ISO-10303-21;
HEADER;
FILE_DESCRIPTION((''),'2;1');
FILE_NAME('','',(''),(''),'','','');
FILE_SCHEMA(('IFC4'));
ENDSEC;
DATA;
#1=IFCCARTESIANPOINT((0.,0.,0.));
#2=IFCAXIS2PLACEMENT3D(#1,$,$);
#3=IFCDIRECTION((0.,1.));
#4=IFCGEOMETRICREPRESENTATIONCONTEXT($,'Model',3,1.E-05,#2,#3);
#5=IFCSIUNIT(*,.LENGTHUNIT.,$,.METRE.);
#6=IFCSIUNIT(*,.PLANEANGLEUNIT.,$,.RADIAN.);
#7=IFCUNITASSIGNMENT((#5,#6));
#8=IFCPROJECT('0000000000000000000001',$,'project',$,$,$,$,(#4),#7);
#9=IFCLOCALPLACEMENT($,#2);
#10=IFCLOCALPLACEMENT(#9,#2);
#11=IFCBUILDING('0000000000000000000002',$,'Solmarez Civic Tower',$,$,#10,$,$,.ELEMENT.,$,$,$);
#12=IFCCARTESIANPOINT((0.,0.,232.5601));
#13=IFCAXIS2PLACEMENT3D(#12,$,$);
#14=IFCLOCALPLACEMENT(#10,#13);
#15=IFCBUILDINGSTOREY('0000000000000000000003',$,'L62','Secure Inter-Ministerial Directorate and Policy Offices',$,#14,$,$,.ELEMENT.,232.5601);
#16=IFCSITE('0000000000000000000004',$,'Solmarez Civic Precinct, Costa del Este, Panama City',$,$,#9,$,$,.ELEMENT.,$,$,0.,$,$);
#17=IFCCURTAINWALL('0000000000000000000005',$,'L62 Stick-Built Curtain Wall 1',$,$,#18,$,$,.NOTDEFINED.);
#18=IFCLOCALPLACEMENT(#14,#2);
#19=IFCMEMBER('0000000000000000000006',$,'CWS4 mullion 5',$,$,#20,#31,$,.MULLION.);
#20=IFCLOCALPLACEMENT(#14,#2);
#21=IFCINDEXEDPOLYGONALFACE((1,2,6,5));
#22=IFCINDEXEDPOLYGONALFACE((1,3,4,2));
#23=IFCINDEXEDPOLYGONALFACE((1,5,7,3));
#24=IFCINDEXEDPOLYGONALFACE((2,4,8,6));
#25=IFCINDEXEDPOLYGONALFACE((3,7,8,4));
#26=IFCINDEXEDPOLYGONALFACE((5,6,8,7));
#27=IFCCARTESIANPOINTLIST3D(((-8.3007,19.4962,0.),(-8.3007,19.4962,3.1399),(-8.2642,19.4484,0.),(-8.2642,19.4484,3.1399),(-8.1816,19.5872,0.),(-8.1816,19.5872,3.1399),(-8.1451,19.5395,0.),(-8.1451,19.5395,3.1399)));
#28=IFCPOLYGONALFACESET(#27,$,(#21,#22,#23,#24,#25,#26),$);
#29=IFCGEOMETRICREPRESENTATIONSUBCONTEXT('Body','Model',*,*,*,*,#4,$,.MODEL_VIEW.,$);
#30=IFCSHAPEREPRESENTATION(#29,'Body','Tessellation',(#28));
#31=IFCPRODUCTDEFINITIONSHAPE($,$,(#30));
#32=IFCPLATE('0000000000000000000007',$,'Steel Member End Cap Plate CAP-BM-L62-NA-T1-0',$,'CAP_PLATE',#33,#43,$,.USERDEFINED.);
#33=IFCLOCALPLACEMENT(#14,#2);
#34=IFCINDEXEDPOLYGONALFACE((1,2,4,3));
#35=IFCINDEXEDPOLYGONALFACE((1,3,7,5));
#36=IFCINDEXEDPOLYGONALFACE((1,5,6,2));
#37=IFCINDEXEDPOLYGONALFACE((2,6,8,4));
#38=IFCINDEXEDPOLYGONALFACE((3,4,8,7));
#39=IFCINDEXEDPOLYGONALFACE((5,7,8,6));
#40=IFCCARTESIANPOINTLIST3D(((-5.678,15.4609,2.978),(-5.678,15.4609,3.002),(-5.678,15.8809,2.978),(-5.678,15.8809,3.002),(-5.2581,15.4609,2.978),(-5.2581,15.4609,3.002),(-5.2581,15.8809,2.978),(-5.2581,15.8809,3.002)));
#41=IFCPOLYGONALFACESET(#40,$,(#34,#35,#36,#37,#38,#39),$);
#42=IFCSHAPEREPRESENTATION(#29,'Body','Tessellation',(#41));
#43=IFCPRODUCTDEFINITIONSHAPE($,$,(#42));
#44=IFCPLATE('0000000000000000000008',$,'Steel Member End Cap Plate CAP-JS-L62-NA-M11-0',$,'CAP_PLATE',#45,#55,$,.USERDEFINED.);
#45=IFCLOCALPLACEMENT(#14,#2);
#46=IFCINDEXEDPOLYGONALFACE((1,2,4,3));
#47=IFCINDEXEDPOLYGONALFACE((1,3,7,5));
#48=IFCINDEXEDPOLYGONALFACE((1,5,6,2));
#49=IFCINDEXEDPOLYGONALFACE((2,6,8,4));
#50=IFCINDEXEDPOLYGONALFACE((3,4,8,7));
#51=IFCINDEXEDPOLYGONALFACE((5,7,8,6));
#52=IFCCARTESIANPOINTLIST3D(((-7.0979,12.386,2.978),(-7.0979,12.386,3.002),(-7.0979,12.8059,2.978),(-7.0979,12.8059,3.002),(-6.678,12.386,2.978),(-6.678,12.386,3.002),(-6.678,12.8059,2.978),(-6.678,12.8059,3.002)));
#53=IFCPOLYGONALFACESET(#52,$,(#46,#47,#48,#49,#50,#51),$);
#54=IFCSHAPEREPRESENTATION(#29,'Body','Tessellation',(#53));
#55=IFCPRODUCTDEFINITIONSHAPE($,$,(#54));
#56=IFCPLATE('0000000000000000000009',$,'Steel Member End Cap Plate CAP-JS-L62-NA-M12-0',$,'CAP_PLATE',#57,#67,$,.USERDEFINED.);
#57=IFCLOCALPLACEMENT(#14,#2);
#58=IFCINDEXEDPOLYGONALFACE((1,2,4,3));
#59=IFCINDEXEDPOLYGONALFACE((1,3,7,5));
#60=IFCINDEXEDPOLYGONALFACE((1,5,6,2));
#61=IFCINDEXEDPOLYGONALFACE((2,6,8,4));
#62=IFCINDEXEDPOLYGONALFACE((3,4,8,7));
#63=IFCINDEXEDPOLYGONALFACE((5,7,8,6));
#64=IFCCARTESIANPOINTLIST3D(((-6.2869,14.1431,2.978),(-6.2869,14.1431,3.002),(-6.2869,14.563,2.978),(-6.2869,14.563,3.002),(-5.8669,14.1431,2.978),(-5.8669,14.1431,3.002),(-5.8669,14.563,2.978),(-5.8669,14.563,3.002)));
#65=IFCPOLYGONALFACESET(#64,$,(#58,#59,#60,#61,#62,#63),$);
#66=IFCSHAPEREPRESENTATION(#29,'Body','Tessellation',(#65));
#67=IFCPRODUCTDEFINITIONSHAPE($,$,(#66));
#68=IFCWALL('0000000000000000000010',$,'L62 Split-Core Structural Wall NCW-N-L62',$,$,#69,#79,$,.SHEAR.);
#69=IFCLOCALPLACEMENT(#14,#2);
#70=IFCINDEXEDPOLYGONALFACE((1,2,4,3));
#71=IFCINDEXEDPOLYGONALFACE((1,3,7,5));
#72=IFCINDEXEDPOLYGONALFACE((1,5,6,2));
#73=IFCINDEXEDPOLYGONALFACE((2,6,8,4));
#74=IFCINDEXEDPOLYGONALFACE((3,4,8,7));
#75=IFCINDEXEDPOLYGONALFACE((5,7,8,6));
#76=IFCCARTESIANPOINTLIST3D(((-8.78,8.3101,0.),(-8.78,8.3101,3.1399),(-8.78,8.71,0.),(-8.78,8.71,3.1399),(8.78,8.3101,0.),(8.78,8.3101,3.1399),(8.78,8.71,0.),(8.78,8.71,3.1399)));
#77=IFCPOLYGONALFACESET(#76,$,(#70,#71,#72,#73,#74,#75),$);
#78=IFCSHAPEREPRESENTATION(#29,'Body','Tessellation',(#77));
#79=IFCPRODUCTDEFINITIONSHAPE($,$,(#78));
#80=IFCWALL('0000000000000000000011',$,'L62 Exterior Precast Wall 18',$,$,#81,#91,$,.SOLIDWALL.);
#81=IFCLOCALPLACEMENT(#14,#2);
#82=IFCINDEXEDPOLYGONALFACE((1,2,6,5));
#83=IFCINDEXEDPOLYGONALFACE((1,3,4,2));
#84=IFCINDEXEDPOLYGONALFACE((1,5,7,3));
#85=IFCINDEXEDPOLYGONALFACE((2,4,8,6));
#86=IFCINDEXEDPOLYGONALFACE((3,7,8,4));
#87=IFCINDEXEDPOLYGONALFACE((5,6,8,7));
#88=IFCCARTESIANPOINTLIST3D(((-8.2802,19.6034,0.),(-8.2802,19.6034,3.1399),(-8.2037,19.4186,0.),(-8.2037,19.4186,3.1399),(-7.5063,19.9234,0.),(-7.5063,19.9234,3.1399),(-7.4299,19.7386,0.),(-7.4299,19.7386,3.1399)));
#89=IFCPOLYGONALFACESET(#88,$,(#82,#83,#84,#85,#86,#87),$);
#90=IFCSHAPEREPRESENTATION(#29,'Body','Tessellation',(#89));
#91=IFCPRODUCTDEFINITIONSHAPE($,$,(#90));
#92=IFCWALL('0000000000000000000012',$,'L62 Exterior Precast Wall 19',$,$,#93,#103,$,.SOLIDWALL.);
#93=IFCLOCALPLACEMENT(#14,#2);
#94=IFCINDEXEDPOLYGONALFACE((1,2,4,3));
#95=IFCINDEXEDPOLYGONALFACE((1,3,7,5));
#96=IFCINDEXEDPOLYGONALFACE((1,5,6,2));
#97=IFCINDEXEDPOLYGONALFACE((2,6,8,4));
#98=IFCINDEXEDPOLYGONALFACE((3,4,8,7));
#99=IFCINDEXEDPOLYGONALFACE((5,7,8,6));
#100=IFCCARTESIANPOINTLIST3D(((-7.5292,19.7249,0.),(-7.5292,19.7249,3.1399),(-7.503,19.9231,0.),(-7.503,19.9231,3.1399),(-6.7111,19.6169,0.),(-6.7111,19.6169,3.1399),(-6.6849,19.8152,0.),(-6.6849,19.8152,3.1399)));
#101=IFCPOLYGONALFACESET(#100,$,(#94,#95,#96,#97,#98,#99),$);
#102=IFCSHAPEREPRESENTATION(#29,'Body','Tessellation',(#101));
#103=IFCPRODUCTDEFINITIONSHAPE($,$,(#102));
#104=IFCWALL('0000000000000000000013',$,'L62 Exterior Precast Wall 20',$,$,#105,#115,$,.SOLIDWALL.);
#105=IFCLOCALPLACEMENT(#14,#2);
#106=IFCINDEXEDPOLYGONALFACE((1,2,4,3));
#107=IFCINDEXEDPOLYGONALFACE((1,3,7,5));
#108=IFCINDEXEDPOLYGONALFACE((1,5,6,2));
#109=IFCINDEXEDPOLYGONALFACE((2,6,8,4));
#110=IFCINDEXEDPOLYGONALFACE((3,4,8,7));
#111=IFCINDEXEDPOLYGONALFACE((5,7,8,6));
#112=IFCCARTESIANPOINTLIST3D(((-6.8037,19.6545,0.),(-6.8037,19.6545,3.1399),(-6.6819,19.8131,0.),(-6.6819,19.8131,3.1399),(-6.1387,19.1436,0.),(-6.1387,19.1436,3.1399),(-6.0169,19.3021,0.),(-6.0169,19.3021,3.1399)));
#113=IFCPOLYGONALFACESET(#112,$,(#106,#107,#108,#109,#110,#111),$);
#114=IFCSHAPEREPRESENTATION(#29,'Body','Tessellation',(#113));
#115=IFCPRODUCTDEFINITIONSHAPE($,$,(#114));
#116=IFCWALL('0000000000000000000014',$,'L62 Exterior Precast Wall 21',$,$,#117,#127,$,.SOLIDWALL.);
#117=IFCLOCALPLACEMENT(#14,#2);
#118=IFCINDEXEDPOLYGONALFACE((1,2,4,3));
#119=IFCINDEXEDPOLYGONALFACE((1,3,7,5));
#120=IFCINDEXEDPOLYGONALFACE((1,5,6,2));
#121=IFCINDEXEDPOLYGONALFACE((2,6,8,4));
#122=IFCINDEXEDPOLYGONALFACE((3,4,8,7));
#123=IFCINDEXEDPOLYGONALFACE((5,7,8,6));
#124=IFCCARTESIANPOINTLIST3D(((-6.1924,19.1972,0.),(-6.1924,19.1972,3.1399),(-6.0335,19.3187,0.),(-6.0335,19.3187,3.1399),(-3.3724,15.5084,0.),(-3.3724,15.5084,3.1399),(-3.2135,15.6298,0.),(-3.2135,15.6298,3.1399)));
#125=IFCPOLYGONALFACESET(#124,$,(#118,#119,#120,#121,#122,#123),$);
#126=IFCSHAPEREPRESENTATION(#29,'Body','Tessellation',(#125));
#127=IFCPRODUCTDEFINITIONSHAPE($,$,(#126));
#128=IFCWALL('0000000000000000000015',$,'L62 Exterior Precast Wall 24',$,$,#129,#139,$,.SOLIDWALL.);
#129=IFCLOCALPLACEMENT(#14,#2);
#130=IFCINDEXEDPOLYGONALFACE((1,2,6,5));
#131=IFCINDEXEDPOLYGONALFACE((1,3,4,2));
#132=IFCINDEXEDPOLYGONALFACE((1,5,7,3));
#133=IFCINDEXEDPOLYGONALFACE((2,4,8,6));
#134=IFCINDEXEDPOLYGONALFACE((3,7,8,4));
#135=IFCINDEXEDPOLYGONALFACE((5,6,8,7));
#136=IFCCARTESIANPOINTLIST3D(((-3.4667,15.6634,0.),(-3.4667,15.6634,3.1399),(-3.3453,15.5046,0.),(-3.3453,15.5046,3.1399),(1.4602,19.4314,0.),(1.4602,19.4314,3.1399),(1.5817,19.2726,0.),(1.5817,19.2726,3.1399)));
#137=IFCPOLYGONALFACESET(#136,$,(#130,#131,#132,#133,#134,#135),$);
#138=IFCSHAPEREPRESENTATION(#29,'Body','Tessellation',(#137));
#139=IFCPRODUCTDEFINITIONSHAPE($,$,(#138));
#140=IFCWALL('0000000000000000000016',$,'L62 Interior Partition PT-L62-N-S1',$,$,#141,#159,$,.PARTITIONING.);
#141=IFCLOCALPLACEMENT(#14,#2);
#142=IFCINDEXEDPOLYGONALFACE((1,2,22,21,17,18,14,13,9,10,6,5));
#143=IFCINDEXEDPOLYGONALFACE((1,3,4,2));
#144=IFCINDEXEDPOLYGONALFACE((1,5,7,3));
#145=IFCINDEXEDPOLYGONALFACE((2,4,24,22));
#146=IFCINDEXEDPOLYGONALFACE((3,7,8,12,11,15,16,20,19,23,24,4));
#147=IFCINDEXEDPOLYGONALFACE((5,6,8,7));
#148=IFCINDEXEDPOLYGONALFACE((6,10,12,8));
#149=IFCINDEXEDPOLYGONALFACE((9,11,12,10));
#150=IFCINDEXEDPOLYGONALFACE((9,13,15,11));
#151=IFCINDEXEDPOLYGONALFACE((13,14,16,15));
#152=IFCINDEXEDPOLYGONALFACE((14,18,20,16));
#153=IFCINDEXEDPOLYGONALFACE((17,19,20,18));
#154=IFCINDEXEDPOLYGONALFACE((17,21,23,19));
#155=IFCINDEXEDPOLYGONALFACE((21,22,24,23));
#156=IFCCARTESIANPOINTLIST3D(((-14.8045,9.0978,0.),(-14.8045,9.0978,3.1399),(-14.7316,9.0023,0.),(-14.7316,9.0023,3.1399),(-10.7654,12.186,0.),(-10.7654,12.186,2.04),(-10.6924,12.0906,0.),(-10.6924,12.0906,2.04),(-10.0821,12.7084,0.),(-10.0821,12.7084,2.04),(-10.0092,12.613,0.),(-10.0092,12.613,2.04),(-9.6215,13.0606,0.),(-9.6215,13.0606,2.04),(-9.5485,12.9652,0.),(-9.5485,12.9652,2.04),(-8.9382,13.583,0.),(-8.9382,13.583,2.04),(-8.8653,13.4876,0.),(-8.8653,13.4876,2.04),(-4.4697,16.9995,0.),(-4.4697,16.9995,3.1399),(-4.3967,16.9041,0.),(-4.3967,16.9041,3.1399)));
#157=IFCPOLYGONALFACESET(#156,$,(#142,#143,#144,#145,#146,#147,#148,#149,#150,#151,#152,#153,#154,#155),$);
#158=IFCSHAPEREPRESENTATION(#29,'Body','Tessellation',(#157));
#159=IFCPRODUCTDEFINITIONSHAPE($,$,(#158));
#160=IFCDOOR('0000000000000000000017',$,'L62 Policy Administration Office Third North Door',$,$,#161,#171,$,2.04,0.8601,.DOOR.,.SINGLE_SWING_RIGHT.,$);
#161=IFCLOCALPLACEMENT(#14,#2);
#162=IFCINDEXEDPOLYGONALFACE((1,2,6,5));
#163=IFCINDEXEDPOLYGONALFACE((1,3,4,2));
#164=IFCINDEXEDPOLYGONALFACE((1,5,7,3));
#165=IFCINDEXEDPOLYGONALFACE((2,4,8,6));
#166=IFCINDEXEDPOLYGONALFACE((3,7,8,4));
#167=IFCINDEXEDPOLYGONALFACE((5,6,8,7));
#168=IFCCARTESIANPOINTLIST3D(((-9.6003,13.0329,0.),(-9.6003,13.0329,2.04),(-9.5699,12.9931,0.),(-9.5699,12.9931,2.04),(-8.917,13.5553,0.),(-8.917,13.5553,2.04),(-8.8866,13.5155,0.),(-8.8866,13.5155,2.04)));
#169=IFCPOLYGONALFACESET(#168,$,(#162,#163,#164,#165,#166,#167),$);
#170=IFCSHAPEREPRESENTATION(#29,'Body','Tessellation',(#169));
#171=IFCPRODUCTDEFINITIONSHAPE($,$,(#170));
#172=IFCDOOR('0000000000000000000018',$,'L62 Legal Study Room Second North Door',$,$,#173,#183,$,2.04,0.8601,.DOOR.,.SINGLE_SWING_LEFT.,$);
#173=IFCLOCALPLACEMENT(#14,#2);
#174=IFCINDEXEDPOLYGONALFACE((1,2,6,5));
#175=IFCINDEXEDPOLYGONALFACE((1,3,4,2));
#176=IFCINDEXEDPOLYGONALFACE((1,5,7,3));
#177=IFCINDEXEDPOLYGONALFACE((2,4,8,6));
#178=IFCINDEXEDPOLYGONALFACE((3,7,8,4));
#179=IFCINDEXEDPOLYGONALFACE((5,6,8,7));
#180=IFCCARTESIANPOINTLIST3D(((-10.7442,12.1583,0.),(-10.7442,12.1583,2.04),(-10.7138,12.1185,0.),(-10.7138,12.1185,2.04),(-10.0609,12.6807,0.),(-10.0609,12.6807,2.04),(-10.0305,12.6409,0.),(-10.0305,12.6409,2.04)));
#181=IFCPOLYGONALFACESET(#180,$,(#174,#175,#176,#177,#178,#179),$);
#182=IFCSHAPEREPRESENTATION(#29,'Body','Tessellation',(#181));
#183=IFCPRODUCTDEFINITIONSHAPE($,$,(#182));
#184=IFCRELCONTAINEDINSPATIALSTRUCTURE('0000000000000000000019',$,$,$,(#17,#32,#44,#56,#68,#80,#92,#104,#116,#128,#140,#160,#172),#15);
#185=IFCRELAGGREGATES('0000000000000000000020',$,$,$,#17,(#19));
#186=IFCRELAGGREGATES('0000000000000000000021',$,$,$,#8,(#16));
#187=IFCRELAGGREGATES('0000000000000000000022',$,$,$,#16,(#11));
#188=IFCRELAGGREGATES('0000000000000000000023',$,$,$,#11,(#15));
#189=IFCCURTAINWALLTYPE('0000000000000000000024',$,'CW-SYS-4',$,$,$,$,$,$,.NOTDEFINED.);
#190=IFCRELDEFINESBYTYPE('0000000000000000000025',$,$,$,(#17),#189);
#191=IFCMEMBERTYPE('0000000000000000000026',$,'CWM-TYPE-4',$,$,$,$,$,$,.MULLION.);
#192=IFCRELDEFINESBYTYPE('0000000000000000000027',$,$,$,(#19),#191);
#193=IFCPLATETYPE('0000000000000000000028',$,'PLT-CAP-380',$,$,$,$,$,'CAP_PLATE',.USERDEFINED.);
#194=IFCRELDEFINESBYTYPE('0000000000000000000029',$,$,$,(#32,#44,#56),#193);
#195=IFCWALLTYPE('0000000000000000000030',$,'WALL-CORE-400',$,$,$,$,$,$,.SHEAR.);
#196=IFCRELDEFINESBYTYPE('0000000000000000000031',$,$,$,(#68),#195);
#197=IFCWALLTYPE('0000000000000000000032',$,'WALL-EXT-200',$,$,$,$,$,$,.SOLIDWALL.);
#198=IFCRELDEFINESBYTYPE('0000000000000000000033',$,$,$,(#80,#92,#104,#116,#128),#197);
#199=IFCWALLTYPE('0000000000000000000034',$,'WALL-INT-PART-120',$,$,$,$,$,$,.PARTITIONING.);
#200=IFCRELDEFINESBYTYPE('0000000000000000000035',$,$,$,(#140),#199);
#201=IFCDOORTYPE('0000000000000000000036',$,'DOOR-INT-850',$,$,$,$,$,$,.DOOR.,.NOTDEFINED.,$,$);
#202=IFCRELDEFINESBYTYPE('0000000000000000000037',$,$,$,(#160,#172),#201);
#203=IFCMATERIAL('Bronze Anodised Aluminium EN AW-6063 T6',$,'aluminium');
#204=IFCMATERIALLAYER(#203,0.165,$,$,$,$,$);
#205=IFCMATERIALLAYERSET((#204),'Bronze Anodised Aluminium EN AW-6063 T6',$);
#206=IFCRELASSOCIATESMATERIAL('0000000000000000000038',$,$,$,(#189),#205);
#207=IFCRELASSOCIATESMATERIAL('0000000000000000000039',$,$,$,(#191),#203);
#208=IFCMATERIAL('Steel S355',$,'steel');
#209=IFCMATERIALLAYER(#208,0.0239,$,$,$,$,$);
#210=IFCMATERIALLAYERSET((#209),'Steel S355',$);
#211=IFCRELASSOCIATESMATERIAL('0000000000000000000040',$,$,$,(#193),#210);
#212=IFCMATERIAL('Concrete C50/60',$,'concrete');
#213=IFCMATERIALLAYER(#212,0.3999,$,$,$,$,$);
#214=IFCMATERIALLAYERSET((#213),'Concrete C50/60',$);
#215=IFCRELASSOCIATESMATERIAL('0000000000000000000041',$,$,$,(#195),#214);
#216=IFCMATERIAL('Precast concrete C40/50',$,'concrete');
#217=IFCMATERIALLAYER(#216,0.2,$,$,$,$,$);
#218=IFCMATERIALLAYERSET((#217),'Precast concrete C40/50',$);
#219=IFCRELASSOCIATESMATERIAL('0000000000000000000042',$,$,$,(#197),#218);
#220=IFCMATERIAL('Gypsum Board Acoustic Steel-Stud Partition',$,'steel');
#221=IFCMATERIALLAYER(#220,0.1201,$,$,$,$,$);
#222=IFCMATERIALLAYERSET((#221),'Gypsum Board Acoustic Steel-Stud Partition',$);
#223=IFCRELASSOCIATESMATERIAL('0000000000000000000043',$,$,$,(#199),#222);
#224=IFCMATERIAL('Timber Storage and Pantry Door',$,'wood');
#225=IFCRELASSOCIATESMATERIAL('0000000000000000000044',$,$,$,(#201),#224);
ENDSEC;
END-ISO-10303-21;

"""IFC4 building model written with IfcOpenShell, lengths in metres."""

from ifc_helpers import new_model, si_unit, direction, frame, frame_2d, origin, origin_2d, place, context, subcontext, project, spatial, rectangle, extrude, material, layer, layer_set, material_profile, profile_set, type_object, element, fill, aggregate, save


model = new_model("IFC4")

# Units and contexts
model_context = context("Model", 3, precision=1e-05, world=origin(), true_north=direction((0.0, 1.0)))
body_context = subcontext(model_context, "Body", "Model", "MODEL_VIEW")
ifc_project = project(units=[si_unit("LENGTHUNIT", "METRE"), si_unit("PLANEANGLEUNIT", "RADIAN")], contexts=[model_context])

# Site, building, storey
site_placement = place(None, origin())
site = spatial("IfcSite", under=ifc_project, at=site_placement, Name="Solmarez Civic Precinct, Costa del Este, Panama City", CompositionType="ELEMENT", RefElevation=0.0)
building_placement = place(site_placement, origin())
building = spatial("IfcBuilding", under=site, at=building_placement, Name="Solmarez Civic Tower", CompositionType="ELEMENT")
storey_placement = place(building_placement, frame((0.0, 0.0, 232.5601)))
storey = spatial("IfcBuildingStorey", under=building, at=storey_placement, Name="L62", Description="Secure Inter-Ministerial Directorate and Policy Offices", CompositionType="ELEMENT", Elevation=232.5601)

# Shared definitions
ifc_material_1 = material(Name="Concrete C50/60", Category="concrete")
ifc_material_2 = material(Name="Steel S355", Category="steel")

# Curtain wall, member
ifc_material_3 = material(Name="Bronze Anodised Aluminium EN AW-6063 T6", Category="aluminium")
ifc_layer_1 = layer(ifc_material_3, 0.165)
ifc_layer_set_1 = layer_set([ifc_layer_1], Name="Bronze Anodised Aluminium EN AW-6063 T6")
curtain_wall_type = type_object("IfcCurtainWallType", Name="CW-SYS-4", PredefinedType="NOTDEFINED", material=ifc_layer_set_1)
curtain_wall_placement = place(storey_placement, origin())
curtain_wall = element("IfcCurtainWall", 1, at=curtain_wall_placement, inside=storey, type_object=curtain_wall_type, Name="L62 Stick-Built Curtain Wall 1", PredefinedType="NOTDEFINED")
ifc_material_profile_1 = material_profile(ifc_material_3, rectangle(XDim=0.0601, YDim=0.1499, at=origin_2d()), Name="CWM-60X150")
ifc_profile_set_1 = profile_set([ifc_material_profile_1], Name="Bronze Anodised Aluminium EN AW-6063 T6")
member_type = type_object("IfcMemberType", Name="CWM-TYPE-4", PredefinedType="MULLION", material=ifc_profile_set_1)
member_placement = place(storey_placement, frame((-8.2229, 19.5178, 0.0), z_axis=(0.0, 0.0, 1.0), x_axis=(-0.607326, 0.794453, 0.0)))
member = element("IfcMember", 2, at=member_placement, type_object=member_type, Name="CWS4 mullion 5", PredefinedType="MULLION", context=body_context, shape_type="SweptSolid", body=[
    extrude(rectangle(XDim=0.0601, YDim=0.1499, at=origin_2d()), origin(), (0.0, 0.0, 1.0), 3.1399),
])
aggregate(curtain_wall, [member])

# Plates
ifc_layer_2 = layer(ifc_material_2, 0.0239)
ifc_layer_set_2 = layer_set([ifc_layer_2], Name="Steel S355")
plate_type = type_object("IfcPlateType", Name="PLT-CAP-380", ElementType="CAP_PLATE", PredefinedType="USERDEFINED", material=ifc_layer_set_2)
for number, where, z_axis, x_axis, name in (
    (3, (-5.468, 15.6709, 2.978), (0.0, 0.0, 1.0), (1.0, 0.0, 0.0), "Steel Member End Cap Plate CAP-BM-L62-NA-T1-0"),
    (4, (-6.8879, 12.5959, 2.978), (0.0, 0.0, 1.0), (1.0, 0.0, 0.0), "Steel Member End Cap Plate CAP-JS-L62-NA-M11-0"),
    (5, (-6.0769, 14.353, 2.978), (0.0, 0.0, 1.0), (1.0, 0.0, 0.0), "Steel Member End Cap Plate CAP-JS-L62-NA-M12-0"),
):
    element("IfcPlate", number, at=place(storey_placement, frame(where, z_axis=z_axis, x_axis=x_axis)), inside=storey, type_object=plate_type, Name=name, ObjectType="CAP_PLATE", PredefinedType="USERDEFINED", context=body_context, shape_type="SweptSolid", body=[
        extrude(rectangle(XDim=0.4199, YDim=0.4199, at=origin_2d()), origin(), (0.0, 0.0, 1.0), 0.0239),
    ])

# Walls
ifc_layer_3 = layer(ifc_material_1, 0.3999)
ifc_layer_set_3 = layer_set([ifc_layer_3], Name="Concrete C50/60")
wall_type_1 = type_object("IfcWallType", Name="WALL-CORE-400", PredefinedType="SHEAR", material=ifc_layer_set_3)
wall_1_placement = place(storey_placement, frame((-8.78, 8.51, 0.0), z_axis=(0.0, 0.0, 1.0), x_axis=(1.0, 0.0, 0.0)))
element("IfcWall", 6, at=wall_1_placement, inside=storey, type_object=wall_type_1, Name="L62 Split-Core Structural Wall NCW-N-L62", PredefinedType="SHEAR", context=body_context, shape_type="SweptSolid", body=[
    extrude(rectangle(XDim=17.5601, YDim=0.3999, at=frame_2d((8.78, 0.0))), origin(), (0.0, 0.0, 1.0), 3.1399),
])
ifc_material_4 = material(Name="Precast concrete C40/50", Category="concrete")
ifc_layer_4 = layer(ifc_material_4, 0.2)
ifc_layer_set_4 = layer_set([ifc_layer_4], Name="Precast concrete C40/50")
wall_type_2 = type_object("IfcWallType", Name="WALL-EXT-200", PredefinedType="SOLIDWALL", material=ifc_layer_set_4)
wall_2_placement = place(storey_placement, frame((-8.2419, 19.511, 0.0), z_axis=(0.0, 0.0, 1.0), x_axis=(0.924091, 0.382172, 0.0)))
element("IfcWall", 7, at=wall_2_placement, inside=storey, type_object=wall_type_2, Name="L62 Exterior Precast Wall 18", PredefinedType="SOLIDWALL", context=body_context, shape_type="SweptSolid", body=[
    extrude(rectangle(XDim=0.8374, YDim=0.2, at=frame_2d((0.4187, 0.0))), origin(), (0.0, 0.0, 1.0), 3.1399),
])
wall_3_placement = place(storey_placement, frame((-7.5161, 19.824, 0.0), z_axis=(0.0, 0.0, 1.0), x_axis=(0.991413, -0.130768, 0.0)))
element("IfcWall", 8, at=wall_3_placement, inside=storey, type_object=wall_type_2, Name="L62 Exterior Precast Wall 19", PredefinedType="SOLIDWALL", context=body_context, shape_type="SweptSolid", body=[
    extrude(rectangle(XDim=0.8252, YDim=0.2, at=frame_2d((0.4126, 0.0))), origin(), (0.0, 0.0, 1.0), 3.1399),
])
wall_4_placement = place(storey_placement, frame((-6.7429, 19.7339, 0.0), z_axis=(0.0, 0.0, 1.0), x_axis=(0.792959, -0.609275, 0.0)))
element("IfcWall", 9, at=wall_4_placement, inside=storey, type_object=wall_type_2, Name="L62 Exterior Precast Wall 20", PredefinedType="SOLIDWALL", context=body_context, shape_type="SweptSolid", body=[
    extrude(rectangle(XDim=0.8386, YDim=0.2, at=frame_2d((0.4194, 0.0))), origin(), (0.0, 0.0, 1.0), 3.1399),
])
wall_5_placement = place(storey_placement, frame((-6.113, 19.2581, 0.0), z_axis=(0.0, 0.0, 1.0), x_axis=(0.607327, -0.794452, 0.0)))
element("IfcWall", 10, at=wall_5_placement, inside=storey, type_object=wall_type_2, Name="L62 Exterior Precast Wall 21", PredefinedType="SOLIDWALL", context=body_context, shape_type="SweptSolid", body=[
    extrude(rectangle(XDim=4.6433, YDim=0.2, at=frame_2d((2.3218, 0.0))), origin(), (0.0, 0.0, 1.0), 3.1399),
])
wall_6_placement = place(storey_placement, frame((-3.406, 15.584, 0.0), z_axis=(0.0, 0.0, 1.0), x_axis=(0.79433, 0.607487, 0.0)))
element("IfcWall", 11, at=wall_6_placement, inside=storey, type_object=wall_type_2, Name="L62 Exterior Precast Wall 24", PredefinedType="SOLIDWALL", context=body_context, shape_type="SweptSolid", body=[
    extrude(rectangle(XDim=6.2026, YDim=0.2, at=frame_2d((3.1013, 0.0))), origin(), (0.0, 0.0, 1.0), 3.1399),
])

# Wall, openings, doors
ifc_material_5 = material(Name="Gypsum Board Acoustic Steel-Stud Partition", Category="steel")
ifc_layer_5 = layer(ifc_material_5, 0.1201)
ifc_layer_set_5 = layer_set([ifc_layer_5], Name="Gypsum Board Acoustic Steel-Stud Partition")
wall_type_3 = type_object("IfcWallType", Name="WALL-INT-PART-120", PredefinedType="PARTITIONING", material=ifc_layer_set_5)
wall_7_placement = place(storey_placement, frame((-4.4331, 16.9519, 0.0), z_axis=(0.0, 0.0, 1.0), x_axis=(-0.794408, -0.607385, 0.0)))
wall_7 = element("IfcWall", 12, at=wall_7_placement, inside=storey, type_object=wall_type_3, Name="L62 Interior Partition PT-L62-N-S1", PredefinedType="PARTITIONING", context=body_context, shape_type="SweptSolid", body=[
    extrude(rectangle(XDim=13.0095, YDim=0.1201, at=frame_2d((6.5049, 0.0))), origin(), (0.0, 0.0, 1.0), 3.1399),
])
opening_1_placement = place(wall_7_placement, frame((5.625, 0.0, 0.0)))
opening_1 = element("IfcOpeningElement", 13, at=opening_1_placement, cuts=wall_7, PredefinedType="OPENING", context=body_context, shape_type="SweptSolid", body=[
    extrude(rectangle(XDim=0.8601, YDim=2.04, at=frame_2d((0.4302, 1.02))), frame((0.0, 0.0701, 0.0), z_axis=(0.0, -1.0, 0.0), x_axis=(1.0, 0.0, 0.0)), (0.0, 0.0, 1.0), 0.1401),
])
opening_2_placement = place(wall_7_placement, frame((7.0649, 0.0, 0.0)))
opening_2 = element("IfcOpeningElement", 14, at=opening_2_placement, cuts=wall_7, PredefinedType="OPENING", context=body_context, shape_type="SweptSolid", body=[
    extrude(rectangle(XDim=0.8601, YDim=2.04, at=frame_2d((0.4302, 1.02))), frame((0.0, 0.0701, 0.0), z_axis=(0.0, -1.0, 0.0), x_axis=(1.0, 0.0, 0.0)), (0.0, 0.0, 1.0), 0.1401),
])
ifc_material_6 = material(Name="Timber Storage and Pantry Door", Category="wood")
door_type = type_object("IfcDoorType", Name="DOOR-INT-850", OperationType="NOTDEFINED", PredefinedType="DOOR", material=ifc_material_6)
door_1_placement = place(opening_1_placement, origin())
door_1 = element("IfcDoor", 15, at=door_1_placement, inside=storey, type_object=door_type, Name="L62 Policy Administration Office Third North Door", OperationType="SINGLE_SWING_RIGHT", OverallHeight=2.04, OverallWidth=0.8601, PredefinedType="DOOR", context=body_context, shape_type="SweptSolid", body=[
    extrude(rectangle(XDim=0.8601, YDim=2.04, at=frame_2d((0.4302, 1.02))), frame((0.0, 0.0249, 0.0), z_axis=(0.0, -1.0, 0.0), x_axis=(1.0, 0.0, 0.0)), (0.0, 0.0, 1.0), 0.05),
])
fill(opening_1, door_1)
door_2_placement = place(opening_2_placement, origin())
door_2 = element("IfcDoor", 16, at=door_2_placement, inside=storey, type_object=door_type, Name="L62 Legal Study Room Second North Door", OperationType="SINGLE_SWING_LEFT", OverallHeight=2.04, OverallWidth=0.8601, PredefinedType="DOOR", context=body_context, shape_type="SweptSolid", body=[
    extrude(rectangle(XDim=0.8601, YDim=2.04, at=frame_2d((0.4302, 1.02))), frame((0.0, 0.0249, 0.0), z_axis=(0.0, -1.0, 0.0), x_axis=(1.0, 0.0, 0.0)), (0.0, 0.0, 1.0), 0.05),
])
fill(opening_2, door_2)

save(model, "model.ifc")
